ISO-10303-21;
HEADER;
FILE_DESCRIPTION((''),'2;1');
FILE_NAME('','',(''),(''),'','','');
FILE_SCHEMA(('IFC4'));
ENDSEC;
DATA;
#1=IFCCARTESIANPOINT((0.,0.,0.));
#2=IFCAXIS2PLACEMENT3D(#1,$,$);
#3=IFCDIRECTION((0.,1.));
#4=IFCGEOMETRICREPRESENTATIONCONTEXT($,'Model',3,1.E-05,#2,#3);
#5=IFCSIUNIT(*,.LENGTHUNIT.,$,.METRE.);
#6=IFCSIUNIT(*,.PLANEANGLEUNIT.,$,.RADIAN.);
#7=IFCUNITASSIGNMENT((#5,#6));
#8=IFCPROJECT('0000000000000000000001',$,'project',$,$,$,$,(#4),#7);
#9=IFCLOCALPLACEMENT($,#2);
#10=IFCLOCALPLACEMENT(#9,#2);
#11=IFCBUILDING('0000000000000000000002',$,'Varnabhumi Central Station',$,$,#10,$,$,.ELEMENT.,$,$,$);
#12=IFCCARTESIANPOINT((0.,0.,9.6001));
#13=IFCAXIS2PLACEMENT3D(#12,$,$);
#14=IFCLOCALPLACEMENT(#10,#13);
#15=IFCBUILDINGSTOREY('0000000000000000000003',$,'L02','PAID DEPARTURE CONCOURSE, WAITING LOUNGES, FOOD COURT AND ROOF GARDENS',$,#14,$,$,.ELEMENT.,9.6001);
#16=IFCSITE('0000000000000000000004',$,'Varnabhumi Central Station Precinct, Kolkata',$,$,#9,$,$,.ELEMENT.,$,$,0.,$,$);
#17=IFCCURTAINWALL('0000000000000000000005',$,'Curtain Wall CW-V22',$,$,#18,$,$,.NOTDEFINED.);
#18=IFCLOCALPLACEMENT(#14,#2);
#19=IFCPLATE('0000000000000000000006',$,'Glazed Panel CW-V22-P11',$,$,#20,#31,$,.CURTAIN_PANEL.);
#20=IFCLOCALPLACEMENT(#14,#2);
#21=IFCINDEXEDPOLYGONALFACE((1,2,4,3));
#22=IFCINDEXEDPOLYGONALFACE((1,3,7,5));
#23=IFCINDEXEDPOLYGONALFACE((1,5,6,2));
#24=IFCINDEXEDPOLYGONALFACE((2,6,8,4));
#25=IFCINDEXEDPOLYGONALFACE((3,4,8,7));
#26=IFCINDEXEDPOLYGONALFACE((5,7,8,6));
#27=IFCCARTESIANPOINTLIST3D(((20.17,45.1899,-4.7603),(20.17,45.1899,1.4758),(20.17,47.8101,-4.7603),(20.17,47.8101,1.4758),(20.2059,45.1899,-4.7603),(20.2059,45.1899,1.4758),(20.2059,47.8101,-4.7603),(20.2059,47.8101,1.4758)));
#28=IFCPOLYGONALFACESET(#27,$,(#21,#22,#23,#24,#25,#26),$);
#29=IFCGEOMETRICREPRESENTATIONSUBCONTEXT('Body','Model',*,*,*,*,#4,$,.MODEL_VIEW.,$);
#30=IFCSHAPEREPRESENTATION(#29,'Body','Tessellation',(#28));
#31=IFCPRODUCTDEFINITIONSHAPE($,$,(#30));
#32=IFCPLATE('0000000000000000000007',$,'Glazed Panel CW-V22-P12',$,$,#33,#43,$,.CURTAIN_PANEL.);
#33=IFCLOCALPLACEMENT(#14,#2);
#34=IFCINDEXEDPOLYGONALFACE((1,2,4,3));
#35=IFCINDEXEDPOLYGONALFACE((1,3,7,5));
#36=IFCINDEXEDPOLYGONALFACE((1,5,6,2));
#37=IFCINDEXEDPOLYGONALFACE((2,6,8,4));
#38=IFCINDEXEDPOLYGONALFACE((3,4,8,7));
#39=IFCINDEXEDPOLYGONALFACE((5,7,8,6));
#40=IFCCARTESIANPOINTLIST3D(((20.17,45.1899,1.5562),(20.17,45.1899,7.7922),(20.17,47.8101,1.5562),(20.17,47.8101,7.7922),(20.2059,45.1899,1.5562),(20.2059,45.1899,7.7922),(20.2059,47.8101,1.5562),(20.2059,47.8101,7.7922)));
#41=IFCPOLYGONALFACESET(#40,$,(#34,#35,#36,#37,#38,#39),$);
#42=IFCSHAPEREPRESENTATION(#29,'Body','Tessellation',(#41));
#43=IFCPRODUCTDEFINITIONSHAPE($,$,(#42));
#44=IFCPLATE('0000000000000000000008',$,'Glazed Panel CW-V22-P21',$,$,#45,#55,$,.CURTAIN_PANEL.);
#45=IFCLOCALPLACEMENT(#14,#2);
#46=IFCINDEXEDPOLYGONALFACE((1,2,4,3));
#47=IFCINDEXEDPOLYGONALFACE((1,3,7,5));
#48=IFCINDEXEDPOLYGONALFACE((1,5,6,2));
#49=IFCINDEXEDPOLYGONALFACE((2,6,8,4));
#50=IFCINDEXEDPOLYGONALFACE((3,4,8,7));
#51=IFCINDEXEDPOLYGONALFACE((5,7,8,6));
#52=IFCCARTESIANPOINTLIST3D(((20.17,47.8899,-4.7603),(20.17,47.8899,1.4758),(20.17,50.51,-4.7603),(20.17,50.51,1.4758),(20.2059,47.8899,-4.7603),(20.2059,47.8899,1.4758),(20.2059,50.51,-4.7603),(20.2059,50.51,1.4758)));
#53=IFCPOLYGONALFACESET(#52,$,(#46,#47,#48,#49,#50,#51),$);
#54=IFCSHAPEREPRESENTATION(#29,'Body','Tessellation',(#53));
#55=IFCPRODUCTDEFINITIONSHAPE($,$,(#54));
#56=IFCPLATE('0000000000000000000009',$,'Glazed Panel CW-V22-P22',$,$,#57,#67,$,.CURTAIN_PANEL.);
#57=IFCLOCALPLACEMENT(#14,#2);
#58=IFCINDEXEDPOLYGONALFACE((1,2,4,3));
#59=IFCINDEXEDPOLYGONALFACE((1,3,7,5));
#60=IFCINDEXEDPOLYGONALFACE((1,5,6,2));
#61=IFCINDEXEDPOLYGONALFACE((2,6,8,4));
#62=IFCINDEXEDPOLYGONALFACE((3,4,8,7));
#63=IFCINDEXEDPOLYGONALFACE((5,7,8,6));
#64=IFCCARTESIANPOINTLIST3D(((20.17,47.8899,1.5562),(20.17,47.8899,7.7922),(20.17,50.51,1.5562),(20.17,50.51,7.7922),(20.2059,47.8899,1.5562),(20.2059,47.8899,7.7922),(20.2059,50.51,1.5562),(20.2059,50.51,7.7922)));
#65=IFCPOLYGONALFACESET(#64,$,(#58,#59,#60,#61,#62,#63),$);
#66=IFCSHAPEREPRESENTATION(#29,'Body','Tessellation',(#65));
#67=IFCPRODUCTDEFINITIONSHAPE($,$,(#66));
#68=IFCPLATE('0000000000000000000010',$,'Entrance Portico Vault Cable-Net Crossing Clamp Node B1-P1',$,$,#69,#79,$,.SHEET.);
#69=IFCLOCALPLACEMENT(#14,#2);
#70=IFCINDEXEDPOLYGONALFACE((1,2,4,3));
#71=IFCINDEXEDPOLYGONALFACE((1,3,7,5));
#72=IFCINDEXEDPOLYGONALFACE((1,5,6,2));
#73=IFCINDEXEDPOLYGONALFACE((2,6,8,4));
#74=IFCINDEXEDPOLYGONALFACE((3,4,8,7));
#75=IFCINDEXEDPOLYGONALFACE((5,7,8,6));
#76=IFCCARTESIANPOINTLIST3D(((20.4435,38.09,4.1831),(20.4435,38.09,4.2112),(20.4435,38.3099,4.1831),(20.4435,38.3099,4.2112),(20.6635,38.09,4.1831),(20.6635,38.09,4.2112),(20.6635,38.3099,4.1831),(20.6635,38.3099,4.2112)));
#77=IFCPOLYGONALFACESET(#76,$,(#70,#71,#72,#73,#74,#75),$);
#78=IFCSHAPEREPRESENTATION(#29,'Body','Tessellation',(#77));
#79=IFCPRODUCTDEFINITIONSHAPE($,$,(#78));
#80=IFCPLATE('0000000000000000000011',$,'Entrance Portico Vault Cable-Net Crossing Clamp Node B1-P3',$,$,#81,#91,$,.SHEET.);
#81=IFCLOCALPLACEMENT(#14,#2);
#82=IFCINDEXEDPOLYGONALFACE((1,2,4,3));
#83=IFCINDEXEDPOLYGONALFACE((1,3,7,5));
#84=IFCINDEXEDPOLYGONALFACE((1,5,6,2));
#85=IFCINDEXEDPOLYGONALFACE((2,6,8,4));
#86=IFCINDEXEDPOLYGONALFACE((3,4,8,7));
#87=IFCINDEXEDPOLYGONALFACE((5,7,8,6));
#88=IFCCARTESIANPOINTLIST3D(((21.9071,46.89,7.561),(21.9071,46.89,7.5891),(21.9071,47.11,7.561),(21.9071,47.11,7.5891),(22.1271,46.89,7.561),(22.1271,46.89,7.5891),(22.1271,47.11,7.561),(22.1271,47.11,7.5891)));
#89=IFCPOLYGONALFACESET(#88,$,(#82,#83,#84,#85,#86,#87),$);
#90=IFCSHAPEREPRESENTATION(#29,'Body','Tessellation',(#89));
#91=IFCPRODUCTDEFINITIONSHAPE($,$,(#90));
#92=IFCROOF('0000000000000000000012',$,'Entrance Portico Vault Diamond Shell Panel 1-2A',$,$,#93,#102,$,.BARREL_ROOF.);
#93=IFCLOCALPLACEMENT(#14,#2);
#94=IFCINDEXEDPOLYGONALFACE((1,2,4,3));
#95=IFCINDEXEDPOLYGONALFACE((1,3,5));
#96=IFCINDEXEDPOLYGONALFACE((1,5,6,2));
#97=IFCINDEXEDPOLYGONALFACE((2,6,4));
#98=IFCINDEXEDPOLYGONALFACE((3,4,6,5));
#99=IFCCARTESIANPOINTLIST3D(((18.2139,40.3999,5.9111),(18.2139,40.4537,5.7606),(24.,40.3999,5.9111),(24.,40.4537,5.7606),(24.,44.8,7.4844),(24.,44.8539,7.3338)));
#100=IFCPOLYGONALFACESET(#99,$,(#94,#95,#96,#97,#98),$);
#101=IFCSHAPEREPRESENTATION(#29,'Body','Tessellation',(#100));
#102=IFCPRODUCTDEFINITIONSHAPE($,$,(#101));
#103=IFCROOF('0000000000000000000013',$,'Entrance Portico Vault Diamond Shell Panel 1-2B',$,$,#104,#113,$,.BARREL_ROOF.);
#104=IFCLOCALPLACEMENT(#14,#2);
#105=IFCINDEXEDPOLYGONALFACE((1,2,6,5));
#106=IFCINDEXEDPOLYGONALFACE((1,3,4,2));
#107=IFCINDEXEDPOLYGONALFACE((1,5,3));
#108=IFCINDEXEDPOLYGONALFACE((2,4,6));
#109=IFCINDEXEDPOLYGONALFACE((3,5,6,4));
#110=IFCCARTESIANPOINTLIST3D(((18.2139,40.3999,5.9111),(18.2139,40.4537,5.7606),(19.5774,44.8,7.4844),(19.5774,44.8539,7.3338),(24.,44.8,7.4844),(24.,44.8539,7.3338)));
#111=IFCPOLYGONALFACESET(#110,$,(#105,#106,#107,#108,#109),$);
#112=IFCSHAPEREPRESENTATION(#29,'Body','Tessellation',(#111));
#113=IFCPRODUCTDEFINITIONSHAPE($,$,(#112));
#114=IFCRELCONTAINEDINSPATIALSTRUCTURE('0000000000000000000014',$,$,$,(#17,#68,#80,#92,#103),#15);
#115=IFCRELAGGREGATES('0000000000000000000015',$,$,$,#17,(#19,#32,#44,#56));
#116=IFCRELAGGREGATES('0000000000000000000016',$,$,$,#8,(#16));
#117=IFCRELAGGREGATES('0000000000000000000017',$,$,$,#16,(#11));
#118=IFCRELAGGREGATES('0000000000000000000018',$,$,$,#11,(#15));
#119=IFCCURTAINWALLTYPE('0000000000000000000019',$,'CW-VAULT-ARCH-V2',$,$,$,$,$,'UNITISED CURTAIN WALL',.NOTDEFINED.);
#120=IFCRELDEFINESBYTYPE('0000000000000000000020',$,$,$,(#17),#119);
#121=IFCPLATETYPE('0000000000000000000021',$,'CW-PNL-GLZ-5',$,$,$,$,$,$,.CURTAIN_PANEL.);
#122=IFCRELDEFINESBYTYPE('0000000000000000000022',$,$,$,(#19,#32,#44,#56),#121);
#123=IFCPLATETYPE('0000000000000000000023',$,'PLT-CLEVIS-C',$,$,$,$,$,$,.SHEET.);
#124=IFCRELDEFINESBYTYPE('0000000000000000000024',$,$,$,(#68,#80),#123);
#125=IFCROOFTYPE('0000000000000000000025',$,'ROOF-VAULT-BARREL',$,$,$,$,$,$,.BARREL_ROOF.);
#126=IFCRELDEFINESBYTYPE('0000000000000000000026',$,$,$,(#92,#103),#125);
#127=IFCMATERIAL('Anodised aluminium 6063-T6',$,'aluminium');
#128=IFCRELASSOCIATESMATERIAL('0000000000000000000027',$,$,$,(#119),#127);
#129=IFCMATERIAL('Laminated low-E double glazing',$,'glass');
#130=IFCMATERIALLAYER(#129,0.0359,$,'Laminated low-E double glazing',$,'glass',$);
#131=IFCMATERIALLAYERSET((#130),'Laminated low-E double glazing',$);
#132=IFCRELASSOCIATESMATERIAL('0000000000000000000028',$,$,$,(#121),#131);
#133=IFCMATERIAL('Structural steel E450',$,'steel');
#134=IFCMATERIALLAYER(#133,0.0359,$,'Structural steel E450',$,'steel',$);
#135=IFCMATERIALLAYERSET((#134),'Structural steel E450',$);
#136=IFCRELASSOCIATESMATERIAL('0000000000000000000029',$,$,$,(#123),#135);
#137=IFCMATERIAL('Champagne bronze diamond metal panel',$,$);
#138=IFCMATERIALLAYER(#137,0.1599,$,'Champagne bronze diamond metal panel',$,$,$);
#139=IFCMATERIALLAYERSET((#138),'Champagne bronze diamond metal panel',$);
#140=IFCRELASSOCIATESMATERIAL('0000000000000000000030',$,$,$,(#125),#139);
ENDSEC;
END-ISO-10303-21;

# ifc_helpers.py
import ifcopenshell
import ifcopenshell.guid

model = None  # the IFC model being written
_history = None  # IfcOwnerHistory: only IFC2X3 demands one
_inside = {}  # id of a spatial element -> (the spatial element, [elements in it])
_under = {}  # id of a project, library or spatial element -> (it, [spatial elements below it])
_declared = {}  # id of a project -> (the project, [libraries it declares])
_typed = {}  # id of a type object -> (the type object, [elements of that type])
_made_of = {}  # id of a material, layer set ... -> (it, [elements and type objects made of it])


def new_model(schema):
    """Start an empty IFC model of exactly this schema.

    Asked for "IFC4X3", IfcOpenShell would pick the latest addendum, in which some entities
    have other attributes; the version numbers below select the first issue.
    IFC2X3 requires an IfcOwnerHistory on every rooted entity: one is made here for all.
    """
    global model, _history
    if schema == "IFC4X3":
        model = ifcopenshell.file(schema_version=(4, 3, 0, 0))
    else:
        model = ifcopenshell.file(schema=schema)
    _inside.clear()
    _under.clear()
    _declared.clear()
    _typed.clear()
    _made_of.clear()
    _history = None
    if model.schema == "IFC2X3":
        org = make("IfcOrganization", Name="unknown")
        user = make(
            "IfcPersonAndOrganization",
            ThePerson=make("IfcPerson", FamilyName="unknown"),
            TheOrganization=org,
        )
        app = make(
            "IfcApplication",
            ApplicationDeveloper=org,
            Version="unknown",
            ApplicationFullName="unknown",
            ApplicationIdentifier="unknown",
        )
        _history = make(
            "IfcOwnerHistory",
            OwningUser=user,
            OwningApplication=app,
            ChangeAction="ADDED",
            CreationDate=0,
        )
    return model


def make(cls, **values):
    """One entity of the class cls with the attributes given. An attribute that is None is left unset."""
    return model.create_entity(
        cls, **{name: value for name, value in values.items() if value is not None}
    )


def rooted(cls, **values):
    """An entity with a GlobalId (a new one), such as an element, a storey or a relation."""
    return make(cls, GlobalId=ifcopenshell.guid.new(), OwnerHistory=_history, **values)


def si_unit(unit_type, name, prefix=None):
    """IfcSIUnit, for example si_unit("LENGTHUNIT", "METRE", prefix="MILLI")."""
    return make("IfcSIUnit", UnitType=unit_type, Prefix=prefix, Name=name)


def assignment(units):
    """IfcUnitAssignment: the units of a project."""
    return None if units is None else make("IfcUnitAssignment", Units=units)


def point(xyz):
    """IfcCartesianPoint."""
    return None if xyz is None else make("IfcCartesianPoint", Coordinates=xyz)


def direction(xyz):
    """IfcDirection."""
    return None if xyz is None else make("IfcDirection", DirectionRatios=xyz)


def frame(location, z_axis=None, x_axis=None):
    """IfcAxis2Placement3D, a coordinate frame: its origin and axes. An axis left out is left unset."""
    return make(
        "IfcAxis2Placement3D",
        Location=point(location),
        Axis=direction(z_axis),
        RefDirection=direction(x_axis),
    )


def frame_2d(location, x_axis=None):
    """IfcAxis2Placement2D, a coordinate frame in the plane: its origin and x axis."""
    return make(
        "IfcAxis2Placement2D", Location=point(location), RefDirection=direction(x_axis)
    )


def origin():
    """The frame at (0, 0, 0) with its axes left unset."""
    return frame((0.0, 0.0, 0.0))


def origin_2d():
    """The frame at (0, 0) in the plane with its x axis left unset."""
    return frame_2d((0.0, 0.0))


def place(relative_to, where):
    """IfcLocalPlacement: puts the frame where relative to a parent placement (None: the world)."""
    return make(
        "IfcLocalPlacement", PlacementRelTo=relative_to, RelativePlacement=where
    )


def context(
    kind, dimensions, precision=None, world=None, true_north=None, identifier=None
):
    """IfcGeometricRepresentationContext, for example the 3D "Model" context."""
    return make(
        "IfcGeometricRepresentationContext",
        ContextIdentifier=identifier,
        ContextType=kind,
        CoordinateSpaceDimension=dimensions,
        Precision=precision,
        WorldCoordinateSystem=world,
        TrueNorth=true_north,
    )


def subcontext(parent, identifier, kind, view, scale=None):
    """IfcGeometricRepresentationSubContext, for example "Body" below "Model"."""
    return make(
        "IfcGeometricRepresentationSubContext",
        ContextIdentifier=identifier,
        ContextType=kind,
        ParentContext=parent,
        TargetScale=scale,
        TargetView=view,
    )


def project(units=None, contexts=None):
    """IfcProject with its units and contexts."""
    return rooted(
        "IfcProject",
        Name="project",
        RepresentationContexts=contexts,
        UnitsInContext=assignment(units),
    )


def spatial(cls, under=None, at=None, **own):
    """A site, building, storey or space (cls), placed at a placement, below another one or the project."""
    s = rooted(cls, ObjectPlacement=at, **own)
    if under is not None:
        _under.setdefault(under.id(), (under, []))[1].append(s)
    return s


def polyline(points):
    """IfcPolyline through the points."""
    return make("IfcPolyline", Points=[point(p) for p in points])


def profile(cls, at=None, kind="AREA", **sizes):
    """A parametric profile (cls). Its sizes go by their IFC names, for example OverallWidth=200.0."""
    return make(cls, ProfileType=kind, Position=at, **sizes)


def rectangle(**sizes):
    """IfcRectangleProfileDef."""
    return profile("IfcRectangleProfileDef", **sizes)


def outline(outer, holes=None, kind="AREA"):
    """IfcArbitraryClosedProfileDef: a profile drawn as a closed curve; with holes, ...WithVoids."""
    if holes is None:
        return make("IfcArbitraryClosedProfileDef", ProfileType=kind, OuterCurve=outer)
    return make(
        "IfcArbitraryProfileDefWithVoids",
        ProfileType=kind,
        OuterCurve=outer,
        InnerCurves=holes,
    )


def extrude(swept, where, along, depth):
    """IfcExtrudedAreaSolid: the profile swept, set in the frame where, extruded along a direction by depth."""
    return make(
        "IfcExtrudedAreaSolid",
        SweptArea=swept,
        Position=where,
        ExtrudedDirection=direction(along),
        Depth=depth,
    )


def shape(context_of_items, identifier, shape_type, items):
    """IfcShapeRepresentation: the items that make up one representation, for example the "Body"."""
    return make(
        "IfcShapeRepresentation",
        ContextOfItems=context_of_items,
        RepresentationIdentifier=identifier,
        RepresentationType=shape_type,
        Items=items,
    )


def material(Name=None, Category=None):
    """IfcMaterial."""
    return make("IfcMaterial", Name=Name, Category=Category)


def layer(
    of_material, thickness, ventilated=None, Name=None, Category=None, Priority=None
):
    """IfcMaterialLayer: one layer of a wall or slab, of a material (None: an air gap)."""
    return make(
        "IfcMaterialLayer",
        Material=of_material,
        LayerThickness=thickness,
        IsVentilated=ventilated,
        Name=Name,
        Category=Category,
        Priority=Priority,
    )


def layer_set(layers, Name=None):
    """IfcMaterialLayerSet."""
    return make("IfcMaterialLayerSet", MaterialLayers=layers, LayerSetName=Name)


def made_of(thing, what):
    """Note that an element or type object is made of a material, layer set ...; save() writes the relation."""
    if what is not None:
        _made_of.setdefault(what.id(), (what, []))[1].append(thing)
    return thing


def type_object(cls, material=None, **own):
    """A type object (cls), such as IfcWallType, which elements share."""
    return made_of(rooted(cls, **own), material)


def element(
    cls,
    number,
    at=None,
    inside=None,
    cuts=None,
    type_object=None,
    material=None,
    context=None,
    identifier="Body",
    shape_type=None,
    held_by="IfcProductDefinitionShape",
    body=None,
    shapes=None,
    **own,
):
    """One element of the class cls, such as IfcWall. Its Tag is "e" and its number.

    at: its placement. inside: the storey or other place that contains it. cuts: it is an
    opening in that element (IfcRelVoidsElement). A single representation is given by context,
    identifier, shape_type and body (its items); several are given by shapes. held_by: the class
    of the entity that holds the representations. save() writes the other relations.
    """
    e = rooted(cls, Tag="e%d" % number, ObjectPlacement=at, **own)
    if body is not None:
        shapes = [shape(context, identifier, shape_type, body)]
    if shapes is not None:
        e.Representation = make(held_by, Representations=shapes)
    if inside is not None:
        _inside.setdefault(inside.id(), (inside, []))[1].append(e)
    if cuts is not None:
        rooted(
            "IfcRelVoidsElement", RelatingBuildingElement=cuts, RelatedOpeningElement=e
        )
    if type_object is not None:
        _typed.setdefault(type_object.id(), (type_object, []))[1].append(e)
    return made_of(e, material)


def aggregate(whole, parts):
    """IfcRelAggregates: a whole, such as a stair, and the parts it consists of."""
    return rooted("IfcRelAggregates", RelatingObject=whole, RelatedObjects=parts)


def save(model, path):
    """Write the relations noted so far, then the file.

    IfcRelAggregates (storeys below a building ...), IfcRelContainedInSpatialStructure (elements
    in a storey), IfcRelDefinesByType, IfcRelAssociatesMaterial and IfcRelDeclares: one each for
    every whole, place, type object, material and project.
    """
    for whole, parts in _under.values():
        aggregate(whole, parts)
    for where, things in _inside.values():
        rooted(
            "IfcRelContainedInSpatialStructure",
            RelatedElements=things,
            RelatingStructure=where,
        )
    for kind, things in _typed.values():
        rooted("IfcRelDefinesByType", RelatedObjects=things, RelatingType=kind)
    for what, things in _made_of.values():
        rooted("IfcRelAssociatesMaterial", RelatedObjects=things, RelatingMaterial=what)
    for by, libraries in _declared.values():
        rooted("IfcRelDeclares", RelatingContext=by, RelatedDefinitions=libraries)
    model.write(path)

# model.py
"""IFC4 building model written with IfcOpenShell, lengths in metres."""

from ifc_helpers import new_model, si_unit, direction, frame, origin, origin_2d, place, context, subcontext, project, spatial, polyline, rectangle, outline, extrude, material, layer, layer_set, type_object, element, aggregate, save


model = new_model("IFC4")

# Units and contexts
model_context = context("Model", 3, precision=1e-05, world=origin(), true_north=direction((0.0, 1.0)))
body_context = subcontext(model_context, "Body", "Model", "MODEL_VIEW")
ifc_project = project(units=[si_unit("LENGTHUNIT", "METRE"), si_unit("PLANEANGLEUNIT", "RADIAN")], contexts=[model_context])

# Site, building, storey
site_placement = place(None, origin())
site = spatial("IfcSite", under=ifc_project, at=site_placement, Name="Varnabhumi Central Station Precinct, Kolkata", CompositionType="ELEMENT", RefElevation=0.0)
building_placement = place(site_placement, origin())
building = spatial("IfcBuilding", under=site, at=building_placement, Name="Varnabhumi Central Station", CompositionType="ELEMENT")
storey_placement = place(building_placement, frame((0.0, 0.0, 9.6001)))
storey = spatial("IfcBuildingStorey", under=building, at=storey_placement, Name="L02", Description="PAID DEPARTURE CONCOURSE, WAITING LOUNGES, FOOD COURT AND ROOF GARDENS", CompositionType="ELEMENT", Elevation=9.6001)

# Curtain wall
ifc_material_1 = material(Name="Anodised aluminium 6063-T6", Category="aluminium")
curtain_wall_type = type_object("IfcCurtainWallType", Name="CW-VAULT-ARCH-V2", ElementType="UNITISED CURTAIN WALL", PredefinedType="NOTDEFINED", material=ifc_material_1)
curtain_wall_placement = place(storey_placement, origin())
curtain_wall = element("IfcCurtainWall", 1, at=curtain_wall_placement, inside=storey, type_object=curtain_wall_type, Name="Curtain Wall CW-V22", PredefinedType="NOTDEFINED")

# Plates
ifc_material_2 = material(Name="Laminated low-E double glazing", Category="glass")
ifc_layer_1 = layer(ifc_material_2, 0.0359, Name="Laminated low-E double glazing", Category="glass")
ifc_layer_set_1 = layer_set([ifc_layer_1], Name="Laminated low-E double glazing")
plate_type_1 = type_object("IfcPlateType", Name="CW-PNL-GLZ-5", PredefinedType="CURTAIN_PANEL", material=ifc_layer_set_1)
plate_1_placement = place(storey_placement, frame((20.188, 46.5, -4.7603), z_axis=(0.0, 0.0, 1.0), x_axis=(0.0, 1.0, 0.0)))
plate_1 = element("IfcPlate", 2, at=plate_1_placement, type_object=plate_type_1, Name="Glazed Panel CW-V22-P11", PredefinedType="CURTAIN_PANEL", context=body_context, shape_type="SweptSolid", body=[
    extrude(rectangle(XDim=2.6201, YDim=0.0359, at=origin_2d()), origin(), (0.0, 0.0, 1.0), 6.2361),
])
plate_2_placement = place(storey_placement, frame((20.188, 46.5, 1.5562), z_axis=(0.0, 0.0, 1.0), x_axis=(0.0, 1.0, 0.0)))
plate_2 = element("IfcPlate", 3, at=plate_2_placement, type_object=plate_type_1, Name="Glazed Panel CW-V22-P12", PredefinedType="CURTAIN_PANEL", context=body_context, shape_type="SweptSolid", body=[
    extrude(rectangle(XDim=2.6201, YDim=0.0359, at=origin_2d()), origin(), (0.0, 0.0, 1.0), 6.2361),
])
plate_3_placement = place(storey_placement, frame((20.188, 49.2, -4.7603), z_axis=(0.0, 0.0, 1.0), x_axis=(0.0, 1.0, 0.0)))
plate_3 = element("IfcPlate", 4, at=plate_3_placement, type_object=plate_type_1, Name="Glazed Panel CW-V22-P21", PredefinedType="CURTAIN_PANEL", context=body_context, shape_type="SweptSolid", body=[
    extrude(rectangle(XDim=2.6201, YDim=0.0359, at=origin_2d()), origin(), (0.0, 0.0, 1.0), 6.2361),
])
plate_4_placement = place(storey_placement, frame((20.188, 49.2, 1.5562), z_axis=(0.0, 0.0, 1.0), x_axis=(0.0, 1.0, 0.0)))
plate_4 = element("IfcPlate", 5, at=plate_4_placement, type_object=plate_type_1, Name="Glazed Panel CW-V22-P22", PredefinedType="CURTAIN_PANEL", context=body_context, shape_type="SweptSolid", body=[
    extrude(rectangle(XDim=2.6201, YDim=0.0359, at=origin_2d()), origin(), (0.0, 0.0, 1.0), 6.2361),
])
aggregate(curtain_wall, [plate_1, plate_2, plate_3, plate_4])

# Plates
ifc_material_3 = material(Name="Structural steel E450", Category="steel")
ifc_layer_2 = layer(ifc_material_3, 0.0359, Name="Structural steel E450", Category="steel")
ifc_layer_set_2 = layer_set([ifc_layer_2], Name="Structural steel E450")
plate_type_2 = type_object("IfcPlateType", Name="PLT-CLEVIS-C", PredefinedType="SHEET", material=ifc_layer_set_2)
for number, where, z_axis, x_axis, name in (
    (6, (20.5535, 38.2, 4.1831), (0.0, 0.0, 1.0), (1.0, 0.0, 0.0), "Entrance Portico Vault Cable-Net Crossing Clamp Node B1-P1"),
    (7, (22.0171, 47.0, 7.561), (0.0, 0.0, 1.0), (1.0, 0.0, 0.0), "Entrance Portico Vault Cable-Net Crossing Clamp Node B1-P3"),
):
    element("IfcPlate", number, at=place(storey_placement, frame(where, z_axis=z_axis, x_axis=x_axis)), inside=storey, type_object=plate_type_2, Name=name, PredefinedType="SHEET", context=body_context, shape_type="SweptSolid", body=[
        extrude(rectangle(XDim=0.22, YDim=0.22, at=origin_2d()), origin(), (0.0, 0.0, 1.0), 0.0281),
    ])

# Roofs
ifc_material_4 = material(Name="Champagne bronze diamond metal panel")
ifc_layer_3 = layer(ifc_material_4, 0.1599, Name="Champagne bronze diamond metal panel")
ifc_layer_set_3 = layer_set([ifc_layer_3], Name="Champagne bronze diamond metal panel")
roof_type = type_object("IfcRoofType", Name="ROOF-VAULT-BARREL", PredefinedType="BARREL_ROOF", material=ifc_layer_set_3)
roof_1_placement = place(storey_placement, frame((18.2139, 40.3999, 5.9111), z_axis=(0.0, -0.336671, 0.941622), x_axis=(1.0, 0.0, 0.0)))
element("IfcRoof", 8, at=roof_1_placement, inside=storey, type_object=roof_type, Name="Entrance Portico Vault Diamond Shell Panel 1-2A", PredefinedType="BARREL_ROOF", context=body_context, shape_type="SweptSolid", body=[
    extrude(outline(polyline([(0.0, 0.0), (5.7861, 0.0), (5.7861, 4.6729), (0.0, 0.0)])), origin(), (0.0, 0.0, -1.0), 0.1599),
])
roof_2_placement = place(storey_placement, frame((18.2139, 40.3999, 5.9111), z_axis=(0.0, -0.336671, 0.941622), x_axis=(0.777972, 0.59162, 0.21153)))
element("IfcRoof", 9, at=roof_2_placement, inside=storey, type_object=roof_type, Name="Entrance Portico Vault Diamond Shell Panel 1-2B", PredefinedType="BARREL_ROOF", context=body_context, shape_type="SweptSolid", body=[
    extrude(outline(polyline([(0.0, 0.0), (7.4375, 0.0), (3.9968, 2.7787), (0.0, 0.0)])), origin(), (0.0, 0.0, -1.0), 0.1599),
])

save(model, "model.ifc")
